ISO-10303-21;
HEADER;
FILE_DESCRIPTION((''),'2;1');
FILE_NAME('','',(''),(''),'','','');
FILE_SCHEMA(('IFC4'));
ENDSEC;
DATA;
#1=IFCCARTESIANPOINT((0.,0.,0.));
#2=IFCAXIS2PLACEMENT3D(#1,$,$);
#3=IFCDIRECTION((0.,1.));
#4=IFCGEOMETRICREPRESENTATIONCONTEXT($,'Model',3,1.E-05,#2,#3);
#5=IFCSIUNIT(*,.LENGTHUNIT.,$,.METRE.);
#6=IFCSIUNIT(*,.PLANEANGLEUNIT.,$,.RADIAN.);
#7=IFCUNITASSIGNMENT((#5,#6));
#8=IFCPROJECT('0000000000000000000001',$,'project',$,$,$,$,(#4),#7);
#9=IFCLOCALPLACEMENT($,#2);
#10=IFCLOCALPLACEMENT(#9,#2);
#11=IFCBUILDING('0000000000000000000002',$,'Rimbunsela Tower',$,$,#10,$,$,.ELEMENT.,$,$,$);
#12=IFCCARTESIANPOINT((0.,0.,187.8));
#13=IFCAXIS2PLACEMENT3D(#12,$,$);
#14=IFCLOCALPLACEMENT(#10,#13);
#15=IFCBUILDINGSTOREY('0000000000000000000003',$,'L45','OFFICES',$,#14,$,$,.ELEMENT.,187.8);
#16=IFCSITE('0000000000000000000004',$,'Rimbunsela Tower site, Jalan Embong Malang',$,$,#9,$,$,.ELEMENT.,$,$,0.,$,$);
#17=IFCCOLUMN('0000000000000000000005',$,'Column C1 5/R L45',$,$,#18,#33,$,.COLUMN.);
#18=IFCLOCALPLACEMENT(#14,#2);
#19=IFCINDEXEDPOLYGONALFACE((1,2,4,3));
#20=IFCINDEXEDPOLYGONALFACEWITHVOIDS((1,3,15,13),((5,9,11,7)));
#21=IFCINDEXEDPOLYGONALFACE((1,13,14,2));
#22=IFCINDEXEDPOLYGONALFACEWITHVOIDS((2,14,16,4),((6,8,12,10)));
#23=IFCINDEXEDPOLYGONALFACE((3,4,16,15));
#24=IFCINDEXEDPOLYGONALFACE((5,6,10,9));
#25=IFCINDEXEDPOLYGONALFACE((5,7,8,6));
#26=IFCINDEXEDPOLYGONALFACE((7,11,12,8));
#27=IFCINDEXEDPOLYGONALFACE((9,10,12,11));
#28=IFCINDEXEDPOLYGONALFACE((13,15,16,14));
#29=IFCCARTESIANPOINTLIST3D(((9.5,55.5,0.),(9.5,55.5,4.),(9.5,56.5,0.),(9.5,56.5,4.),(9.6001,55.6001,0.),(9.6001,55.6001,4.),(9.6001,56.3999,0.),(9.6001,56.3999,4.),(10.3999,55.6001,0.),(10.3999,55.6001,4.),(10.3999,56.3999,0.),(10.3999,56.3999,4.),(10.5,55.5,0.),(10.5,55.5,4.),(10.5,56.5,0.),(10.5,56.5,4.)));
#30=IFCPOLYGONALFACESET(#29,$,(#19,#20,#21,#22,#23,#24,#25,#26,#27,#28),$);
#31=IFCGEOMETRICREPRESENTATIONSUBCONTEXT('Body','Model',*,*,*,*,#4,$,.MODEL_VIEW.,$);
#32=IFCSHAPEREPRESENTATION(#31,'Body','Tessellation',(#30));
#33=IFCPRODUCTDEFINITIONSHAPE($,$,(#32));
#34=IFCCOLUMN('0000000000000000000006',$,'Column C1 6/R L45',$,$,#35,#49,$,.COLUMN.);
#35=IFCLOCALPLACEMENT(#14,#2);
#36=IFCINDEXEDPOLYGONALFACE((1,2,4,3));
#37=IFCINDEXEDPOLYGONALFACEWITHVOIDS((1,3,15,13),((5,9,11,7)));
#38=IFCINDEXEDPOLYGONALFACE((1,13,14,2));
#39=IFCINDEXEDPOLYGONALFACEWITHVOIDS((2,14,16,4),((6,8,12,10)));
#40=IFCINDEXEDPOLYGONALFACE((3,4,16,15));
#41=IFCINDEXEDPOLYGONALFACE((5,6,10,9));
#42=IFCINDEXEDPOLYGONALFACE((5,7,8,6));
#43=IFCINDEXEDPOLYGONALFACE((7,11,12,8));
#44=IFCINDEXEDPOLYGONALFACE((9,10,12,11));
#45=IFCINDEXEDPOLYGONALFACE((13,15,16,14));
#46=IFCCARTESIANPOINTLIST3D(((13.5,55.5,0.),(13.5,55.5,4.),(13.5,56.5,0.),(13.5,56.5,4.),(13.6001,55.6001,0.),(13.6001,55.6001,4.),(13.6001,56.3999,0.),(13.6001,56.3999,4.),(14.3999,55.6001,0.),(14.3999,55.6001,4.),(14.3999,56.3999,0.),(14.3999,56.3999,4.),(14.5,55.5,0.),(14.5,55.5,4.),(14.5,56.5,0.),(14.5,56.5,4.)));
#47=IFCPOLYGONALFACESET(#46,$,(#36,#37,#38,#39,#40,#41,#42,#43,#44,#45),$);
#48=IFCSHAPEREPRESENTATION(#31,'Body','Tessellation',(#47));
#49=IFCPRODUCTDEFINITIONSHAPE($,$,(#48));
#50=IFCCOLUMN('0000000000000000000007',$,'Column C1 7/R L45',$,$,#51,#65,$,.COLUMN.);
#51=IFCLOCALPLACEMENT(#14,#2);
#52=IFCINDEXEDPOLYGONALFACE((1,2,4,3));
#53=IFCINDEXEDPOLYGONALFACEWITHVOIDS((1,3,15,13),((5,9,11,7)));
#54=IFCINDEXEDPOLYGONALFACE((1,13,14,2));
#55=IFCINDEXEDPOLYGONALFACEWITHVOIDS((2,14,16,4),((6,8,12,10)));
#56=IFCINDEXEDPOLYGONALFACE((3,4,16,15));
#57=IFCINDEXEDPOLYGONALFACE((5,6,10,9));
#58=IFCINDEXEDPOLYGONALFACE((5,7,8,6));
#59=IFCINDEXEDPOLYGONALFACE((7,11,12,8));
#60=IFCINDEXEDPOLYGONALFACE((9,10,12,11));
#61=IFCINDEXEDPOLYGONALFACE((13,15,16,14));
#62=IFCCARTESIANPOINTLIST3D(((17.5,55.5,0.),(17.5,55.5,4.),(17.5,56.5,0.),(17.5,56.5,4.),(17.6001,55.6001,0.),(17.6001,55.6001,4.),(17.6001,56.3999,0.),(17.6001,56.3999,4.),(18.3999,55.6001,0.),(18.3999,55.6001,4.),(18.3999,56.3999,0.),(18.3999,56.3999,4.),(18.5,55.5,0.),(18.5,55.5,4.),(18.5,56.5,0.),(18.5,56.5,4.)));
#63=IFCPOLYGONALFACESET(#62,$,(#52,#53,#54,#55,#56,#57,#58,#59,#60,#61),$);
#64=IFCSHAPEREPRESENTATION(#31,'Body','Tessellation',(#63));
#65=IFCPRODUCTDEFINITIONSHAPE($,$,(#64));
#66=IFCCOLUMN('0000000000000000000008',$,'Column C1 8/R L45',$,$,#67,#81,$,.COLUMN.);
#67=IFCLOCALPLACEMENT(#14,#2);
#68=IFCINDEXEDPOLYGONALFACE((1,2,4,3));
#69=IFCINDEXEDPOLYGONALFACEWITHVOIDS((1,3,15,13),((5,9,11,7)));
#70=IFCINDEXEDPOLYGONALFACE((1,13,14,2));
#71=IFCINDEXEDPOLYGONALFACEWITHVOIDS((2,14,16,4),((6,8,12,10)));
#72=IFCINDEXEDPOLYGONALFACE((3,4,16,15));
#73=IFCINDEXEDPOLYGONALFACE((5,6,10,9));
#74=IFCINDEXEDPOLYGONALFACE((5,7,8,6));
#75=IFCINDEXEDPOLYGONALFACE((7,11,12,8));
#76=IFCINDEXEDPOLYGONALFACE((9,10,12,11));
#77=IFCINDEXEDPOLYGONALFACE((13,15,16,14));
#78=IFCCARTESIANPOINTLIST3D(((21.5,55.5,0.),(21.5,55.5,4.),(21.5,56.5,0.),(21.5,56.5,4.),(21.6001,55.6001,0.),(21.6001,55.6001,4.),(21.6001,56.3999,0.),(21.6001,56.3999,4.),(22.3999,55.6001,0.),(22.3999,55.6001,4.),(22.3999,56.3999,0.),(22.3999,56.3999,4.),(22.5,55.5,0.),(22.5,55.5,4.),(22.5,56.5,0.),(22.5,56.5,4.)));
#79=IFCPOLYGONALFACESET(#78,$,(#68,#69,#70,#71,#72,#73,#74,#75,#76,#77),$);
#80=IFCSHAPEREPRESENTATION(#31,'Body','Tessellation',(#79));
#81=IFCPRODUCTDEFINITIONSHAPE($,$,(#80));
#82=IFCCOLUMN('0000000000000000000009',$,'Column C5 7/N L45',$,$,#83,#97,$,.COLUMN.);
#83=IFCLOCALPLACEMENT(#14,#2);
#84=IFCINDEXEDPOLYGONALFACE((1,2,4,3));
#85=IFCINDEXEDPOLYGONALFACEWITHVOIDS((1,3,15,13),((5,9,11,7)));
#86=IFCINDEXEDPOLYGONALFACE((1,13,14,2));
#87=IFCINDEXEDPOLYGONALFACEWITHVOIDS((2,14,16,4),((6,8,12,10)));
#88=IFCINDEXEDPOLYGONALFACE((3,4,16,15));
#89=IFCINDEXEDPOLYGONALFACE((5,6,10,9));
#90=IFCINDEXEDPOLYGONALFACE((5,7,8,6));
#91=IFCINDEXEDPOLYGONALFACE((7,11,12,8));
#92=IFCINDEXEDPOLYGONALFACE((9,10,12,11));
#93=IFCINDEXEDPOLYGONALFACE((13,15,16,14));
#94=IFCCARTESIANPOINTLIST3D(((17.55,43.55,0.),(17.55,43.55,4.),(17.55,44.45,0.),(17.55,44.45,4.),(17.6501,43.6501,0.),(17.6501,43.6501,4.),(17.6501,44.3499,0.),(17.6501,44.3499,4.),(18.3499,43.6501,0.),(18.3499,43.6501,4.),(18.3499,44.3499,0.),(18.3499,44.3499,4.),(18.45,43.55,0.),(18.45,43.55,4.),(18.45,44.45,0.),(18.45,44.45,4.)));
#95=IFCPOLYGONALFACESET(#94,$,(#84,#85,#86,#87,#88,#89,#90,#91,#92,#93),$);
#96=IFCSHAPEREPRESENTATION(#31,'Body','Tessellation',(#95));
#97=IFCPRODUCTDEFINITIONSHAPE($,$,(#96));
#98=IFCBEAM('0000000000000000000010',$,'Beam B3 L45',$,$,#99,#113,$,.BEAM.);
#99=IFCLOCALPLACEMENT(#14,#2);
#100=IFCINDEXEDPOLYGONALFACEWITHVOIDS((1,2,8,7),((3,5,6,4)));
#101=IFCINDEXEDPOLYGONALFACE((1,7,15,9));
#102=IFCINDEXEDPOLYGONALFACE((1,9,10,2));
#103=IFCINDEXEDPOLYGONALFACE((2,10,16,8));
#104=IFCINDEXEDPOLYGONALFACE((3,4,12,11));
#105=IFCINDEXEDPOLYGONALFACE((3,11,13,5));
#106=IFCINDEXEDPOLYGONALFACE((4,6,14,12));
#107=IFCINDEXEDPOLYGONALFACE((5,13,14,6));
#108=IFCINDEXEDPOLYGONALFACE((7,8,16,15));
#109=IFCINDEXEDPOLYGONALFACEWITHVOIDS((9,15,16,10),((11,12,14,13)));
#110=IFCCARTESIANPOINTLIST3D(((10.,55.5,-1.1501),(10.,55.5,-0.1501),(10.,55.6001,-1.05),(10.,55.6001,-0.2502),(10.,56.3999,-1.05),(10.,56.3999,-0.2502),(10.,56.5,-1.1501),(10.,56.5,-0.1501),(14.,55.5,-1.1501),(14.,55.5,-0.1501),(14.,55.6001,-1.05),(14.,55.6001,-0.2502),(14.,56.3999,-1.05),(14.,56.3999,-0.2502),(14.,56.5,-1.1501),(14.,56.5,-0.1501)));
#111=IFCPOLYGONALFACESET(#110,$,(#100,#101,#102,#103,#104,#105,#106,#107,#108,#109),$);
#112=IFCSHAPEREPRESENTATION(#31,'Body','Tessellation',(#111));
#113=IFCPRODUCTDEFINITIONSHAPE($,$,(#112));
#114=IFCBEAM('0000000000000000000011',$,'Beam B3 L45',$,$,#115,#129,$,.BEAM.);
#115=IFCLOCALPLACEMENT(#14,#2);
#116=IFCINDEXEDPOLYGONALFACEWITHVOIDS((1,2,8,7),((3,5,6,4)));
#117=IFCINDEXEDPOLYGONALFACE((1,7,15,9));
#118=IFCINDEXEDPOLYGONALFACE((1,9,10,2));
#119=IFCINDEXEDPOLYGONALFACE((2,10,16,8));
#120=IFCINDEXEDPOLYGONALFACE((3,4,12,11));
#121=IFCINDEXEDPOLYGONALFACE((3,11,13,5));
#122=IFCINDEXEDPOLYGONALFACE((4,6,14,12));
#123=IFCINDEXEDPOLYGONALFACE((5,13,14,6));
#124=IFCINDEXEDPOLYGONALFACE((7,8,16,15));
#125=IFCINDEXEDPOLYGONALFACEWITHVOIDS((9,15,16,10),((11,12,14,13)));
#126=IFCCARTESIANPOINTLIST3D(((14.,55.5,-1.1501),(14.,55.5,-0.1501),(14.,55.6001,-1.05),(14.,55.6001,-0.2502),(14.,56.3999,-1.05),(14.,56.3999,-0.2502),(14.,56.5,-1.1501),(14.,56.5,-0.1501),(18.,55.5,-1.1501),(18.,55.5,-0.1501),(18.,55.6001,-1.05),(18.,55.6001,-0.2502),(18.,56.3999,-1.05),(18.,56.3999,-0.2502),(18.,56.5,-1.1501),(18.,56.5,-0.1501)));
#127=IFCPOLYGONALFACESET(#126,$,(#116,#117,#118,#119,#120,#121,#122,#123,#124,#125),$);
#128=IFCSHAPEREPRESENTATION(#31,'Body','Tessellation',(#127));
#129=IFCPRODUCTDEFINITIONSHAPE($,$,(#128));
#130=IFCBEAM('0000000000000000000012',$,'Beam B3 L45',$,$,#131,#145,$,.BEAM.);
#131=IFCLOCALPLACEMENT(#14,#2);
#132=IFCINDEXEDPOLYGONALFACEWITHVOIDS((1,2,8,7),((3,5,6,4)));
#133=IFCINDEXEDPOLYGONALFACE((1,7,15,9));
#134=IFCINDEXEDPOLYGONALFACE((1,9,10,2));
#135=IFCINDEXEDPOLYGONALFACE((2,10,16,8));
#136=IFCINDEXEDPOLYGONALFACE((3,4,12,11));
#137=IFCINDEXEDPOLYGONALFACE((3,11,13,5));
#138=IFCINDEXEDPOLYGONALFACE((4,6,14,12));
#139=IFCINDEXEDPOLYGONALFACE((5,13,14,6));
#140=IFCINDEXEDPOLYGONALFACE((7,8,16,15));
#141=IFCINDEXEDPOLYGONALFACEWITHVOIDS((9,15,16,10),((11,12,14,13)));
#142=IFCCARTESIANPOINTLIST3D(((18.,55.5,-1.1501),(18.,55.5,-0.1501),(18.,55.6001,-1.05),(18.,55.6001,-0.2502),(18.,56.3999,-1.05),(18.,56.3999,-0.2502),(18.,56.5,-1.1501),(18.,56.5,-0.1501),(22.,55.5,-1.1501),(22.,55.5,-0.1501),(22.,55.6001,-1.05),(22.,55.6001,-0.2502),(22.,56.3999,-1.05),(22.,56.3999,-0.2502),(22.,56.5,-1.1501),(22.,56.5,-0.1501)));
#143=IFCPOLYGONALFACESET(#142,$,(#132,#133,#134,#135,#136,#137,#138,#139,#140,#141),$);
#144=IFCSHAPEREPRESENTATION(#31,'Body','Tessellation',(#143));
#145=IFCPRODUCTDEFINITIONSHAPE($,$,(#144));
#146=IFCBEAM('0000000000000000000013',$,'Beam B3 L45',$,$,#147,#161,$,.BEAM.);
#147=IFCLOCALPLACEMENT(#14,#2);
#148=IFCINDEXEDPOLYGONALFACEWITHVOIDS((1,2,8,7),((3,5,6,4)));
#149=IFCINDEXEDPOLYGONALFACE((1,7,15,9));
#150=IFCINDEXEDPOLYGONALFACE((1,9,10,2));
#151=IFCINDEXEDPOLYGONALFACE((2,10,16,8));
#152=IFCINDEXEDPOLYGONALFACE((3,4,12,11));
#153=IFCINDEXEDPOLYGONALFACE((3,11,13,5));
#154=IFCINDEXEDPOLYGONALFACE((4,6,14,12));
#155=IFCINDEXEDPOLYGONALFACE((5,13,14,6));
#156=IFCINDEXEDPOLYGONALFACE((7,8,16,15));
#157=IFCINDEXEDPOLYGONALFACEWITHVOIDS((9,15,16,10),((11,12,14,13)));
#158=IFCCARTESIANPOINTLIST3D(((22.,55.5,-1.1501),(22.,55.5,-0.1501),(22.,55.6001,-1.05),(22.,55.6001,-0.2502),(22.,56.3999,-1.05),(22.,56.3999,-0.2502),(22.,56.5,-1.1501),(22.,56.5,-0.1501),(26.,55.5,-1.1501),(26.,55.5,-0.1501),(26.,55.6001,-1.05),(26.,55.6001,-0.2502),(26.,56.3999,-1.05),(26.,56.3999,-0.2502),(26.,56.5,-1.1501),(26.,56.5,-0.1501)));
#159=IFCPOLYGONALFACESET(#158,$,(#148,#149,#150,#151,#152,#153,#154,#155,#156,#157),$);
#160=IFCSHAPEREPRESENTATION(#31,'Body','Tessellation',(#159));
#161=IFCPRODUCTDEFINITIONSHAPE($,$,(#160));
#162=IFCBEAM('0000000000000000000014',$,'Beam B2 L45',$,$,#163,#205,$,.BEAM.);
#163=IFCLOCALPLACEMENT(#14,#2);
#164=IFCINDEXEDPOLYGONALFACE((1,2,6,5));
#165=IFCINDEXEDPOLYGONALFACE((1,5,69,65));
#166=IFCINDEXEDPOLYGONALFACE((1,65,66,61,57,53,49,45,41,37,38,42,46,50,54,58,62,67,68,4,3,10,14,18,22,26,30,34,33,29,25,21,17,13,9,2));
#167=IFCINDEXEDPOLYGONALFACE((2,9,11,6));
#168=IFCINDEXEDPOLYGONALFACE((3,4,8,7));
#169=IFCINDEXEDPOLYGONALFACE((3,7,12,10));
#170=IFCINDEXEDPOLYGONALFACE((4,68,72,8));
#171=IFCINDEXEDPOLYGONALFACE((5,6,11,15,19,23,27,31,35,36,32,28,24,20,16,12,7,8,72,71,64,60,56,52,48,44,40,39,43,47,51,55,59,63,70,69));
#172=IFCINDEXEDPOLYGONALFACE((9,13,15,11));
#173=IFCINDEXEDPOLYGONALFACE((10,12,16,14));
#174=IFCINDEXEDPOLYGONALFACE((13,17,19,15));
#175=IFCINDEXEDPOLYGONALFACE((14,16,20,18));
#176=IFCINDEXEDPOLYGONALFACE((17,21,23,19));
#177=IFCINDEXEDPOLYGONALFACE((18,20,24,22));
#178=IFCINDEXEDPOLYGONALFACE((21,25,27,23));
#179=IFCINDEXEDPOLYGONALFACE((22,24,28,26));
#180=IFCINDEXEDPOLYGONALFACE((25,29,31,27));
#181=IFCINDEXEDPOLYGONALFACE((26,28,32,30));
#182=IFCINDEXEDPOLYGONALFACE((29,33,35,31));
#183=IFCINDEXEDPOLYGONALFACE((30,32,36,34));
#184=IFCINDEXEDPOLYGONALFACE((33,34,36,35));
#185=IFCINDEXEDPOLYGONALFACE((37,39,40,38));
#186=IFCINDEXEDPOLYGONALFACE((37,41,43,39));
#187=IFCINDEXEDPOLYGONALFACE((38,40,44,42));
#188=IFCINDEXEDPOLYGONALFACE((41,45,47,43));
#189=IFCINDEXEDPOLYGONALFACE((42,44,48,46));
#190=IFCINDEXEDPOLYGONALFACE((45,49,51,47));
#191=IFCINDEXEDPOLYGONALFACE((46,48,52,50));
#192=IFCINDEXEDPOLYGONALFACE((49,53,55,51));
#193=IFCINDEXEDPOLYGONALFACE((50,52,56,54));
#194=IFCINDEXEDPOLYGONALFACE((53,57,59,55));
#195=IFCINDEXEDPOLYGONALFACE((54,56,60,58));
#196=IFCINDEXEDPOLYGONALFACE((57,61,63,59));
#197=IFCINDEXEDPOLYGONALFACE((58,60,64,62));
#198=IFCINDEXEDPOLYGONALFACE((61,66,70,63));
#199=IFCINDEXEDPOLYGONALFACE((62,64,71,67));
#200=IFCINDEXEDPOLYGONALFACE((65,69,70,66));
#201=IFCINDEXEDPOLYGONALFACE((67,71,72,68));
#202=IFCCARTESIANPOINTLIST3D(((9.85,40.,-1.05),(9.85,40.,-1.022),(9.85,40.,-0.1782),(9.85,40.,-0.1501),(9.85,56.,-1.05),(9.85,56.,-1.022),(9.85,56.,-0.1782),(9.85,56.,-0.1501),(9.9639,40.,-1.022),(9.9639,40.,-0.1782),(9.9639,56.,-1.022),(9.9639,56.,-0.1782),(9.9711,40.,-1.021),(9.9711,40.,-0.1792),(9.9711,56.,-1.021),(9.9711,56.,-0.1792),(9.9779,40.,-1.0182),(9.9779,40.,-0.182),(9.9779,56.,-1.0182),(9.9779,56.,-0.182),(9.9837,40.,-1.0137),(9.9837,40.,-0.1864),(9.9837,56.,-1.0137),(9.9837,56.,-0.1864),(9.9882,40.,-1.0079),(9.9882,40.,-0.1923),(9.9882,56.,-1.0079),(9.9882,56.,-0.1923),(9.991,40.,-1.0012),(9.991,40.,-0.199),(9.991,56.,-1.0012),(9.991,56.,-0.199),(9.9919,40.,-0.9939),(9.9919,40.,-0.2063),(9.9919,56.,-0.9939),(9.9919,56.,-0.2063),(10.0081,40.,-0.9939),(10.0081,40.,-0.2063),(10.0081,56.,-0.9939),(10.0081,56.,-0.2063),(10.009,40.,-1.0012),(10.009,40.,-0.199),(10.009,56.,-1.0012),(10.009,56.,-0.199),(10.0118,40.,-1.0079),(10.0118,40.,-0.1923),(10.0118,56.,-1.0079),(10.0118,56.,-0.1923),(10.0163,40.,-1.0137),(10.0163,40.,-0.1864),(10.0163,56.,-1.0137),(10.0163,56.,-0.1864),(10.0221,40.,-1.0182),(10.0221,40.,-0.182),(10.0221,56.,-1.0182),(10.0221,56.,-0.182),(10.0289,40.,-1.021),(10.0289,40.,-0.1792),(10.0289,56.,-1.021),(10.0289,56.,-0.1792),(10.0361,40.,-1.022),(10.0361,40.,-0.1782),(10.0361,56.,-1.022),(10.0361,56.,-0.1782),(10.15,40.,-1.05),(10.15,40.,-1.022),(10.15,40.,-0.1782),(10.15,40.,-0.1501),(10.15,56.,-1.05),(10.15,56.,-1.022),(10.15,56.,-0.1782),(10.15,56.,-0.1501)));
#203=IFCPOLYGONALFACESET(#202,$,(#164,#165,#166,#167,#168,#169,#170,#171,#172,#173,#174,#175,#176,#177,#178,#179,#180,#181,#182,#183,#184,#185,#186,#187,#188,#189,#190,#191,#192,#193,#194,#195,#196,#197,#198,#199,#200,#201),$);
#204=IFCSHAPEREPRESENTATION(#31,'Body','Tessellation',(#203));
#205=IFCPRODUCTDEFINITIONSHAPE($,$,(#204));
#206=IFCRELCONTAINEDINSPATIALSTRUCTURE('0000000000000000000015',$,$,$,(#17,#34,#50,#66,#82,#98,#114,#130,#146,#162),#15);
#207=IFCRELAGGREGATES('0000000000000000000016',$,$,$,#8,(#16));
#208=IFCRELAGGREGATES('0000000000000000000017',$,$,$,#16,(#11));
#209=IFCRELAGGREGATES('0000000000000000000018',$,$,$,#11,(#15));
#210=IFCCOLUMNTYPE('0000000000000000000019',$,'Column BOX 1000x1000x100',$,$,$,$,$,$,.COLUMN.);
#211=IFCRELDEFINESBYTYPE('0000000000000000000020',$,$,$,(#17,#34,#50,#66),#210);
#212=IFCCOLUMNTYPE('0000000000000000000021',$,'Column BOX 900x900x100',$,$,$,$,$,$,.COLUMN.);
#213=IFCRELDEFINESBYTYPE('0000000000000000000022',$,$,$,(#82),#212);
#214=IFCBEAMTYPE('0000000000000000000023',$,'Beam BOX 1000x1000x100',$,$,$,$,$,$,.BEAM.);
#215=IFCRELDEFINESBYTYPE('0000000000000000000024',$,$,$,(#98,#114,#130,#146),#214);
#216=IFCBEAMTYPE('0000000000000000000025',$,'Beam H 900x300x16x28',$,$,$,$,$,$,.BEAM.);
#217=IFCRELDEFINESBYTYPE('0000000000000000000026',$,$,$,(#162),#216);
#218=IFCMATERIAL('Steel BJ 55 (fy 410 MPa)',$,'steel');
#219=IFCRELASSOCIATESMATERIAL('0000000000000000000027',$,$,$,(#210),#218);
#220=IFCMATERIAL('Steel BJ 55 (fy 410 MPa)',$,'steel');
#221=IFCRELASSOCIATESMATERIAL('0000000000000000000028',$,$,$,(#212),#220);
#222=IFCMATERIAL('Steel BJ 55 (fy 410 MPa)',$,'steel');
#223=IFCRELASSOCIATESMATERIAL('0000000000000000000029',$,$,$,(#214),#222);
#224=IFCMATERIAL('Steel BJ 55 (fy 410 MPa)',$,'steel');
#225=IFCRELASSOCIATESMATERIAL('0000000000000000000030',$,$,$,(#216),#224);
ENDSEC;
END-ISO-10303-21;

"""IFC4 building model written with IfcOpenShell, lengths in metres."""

from ifc_helpers import new_model, si_unit, direction, frame, origin, origin_2d, place, context, subcontext, project, spatial, hollow_rectangle, i_section, extrude, material, material_profile, profile_set, type_object, element, save


model = new_model("IFC4")

# Units and contexts
model_context = context("Model", 3, precision=1e-05, world=origin(), true_north=direction((0.0, 1.0)))
body_context = subcontext(model_context, "Body", "Model", "MODEL_VIEW")
ifc_project = project(units=[si_unit("LENGTHUNIT", "METRE"), si_unit("PLANEANGLEUNIT", "RADIAN")], contexts=[model_context])

# Site, building, storey
site_placement = place(None, origin())
site = spatial("IfcSite", under=ifc_project, at=site_placement, Name="Rimbunsela Tower site, Jalan Embong Malang", CompositionType="ELEMENT", RefElevation=0.0)
building_placement = place(site_placement, origin())
building = spatial("IfcBuilding", under=site, at=building_placement, Name="Rimbunsela Tower", CompositionType="ELEMENT")
storey_placement = place(building_placement, frame((0.0, 0.0, 187.8)))
storey = spatial("IfcBuildingStorey", under=building, at=storey_placement, Name="L45", Description="OFFICES", CompositionType="ELEMENT", Elevation=187.8)

# Columns
ifc_material_1 = material(Name="Steel BJ 55 (fy 410 MPa)", Category="steel")
ifc_material_profile_1 = material_profile(ifc_material_1, hollow_rectangle(XDim=1.0, YDim=1.0, WallThickness=0.1001, at=origin_2d()), Name="BOX 1000x1000x100")
ifc_profile_set_1 = profile_set([ifc_material_profile_1], Name="Steel BJ 55 (fy 410 MPa)")
column_type_1 = type_object("IfcColumnType", Name="Column BOX 1000x1000x100", PredefinedType="COLUMN", material=ifc_profile_set_1)
for number, where, z_axis, x_axis, name in (
    (1, (10.0, 56.0, 0.0), (0.0, 0.0, 1.0), (1.0, 0.0, 0.0), "Column C1 5/R L45"),
    (2, (14.0, 56.0, 0.0), (0.0, 0.0, 1.0), (1.0, 0.0, 0.0), "Column C1 6/R L45"),
    (3, (18.0, 56.0, 0.0), (0.0, 0.0, 1.0), (1.0, 0.0, 0.0), "Column C1 7/R L45"),
    (4, (22.0, 56.0, 0.0), (0.0, 0.0, 1.0), (1.0, 0.0, 0.0), "Column C1 8/R L45"),
):
    element("IfcColumn", number, at=place(storey_placement, frame(where, z_axis=z_axis, x_axis=x_axis)), inside=storey, type_object=column_type_1, Name=name, PredefinedType="COLUMN", context=body_context, shape_type="SweptSolid", body=[
        extrude(hollow_rectangle(XDim=1.0, YDim=1.0, WallThickness=0.1001, at=origin_2d()), origin(), (0.0, 0.0, 1.0), 4.0),
    ])
ifc_material_2 = material(Name="Steel BJ 55 (fy 410 MPa)", Category="steel")
ifc_material_profile_2 = material_profile(ifc_material_2, hollow_rectangle(XDim=0.8999, YDim=0.8999, WallThickness=0.1001, at=origin_2d()), Name="BOX 900x900x100")
ifc_profile_set_2 = profile_set([ifc_material_profile_2], Name="Steel BJ 55 (fy 410 MPa)")
column_type_2 = type_object("IfcColumnType", Name="Column BOX 900x900x100", PredefinedType="COLUMN", material=ifc_profile_set_2)
column_placement = place(storey_placement, frame((18.0, 44.0, 0.0), z_axis=(0.0, 0.0, 1.0), x_axis=(1.0, 0.0, 0.0)))
element("IfcColumn", 5, at=column_placement, inside=storey, type_object=column_type_2, Name="Column C5 7/N L45", PredefinedType="COLUMN", context=body_context, shape_type="SweptSolid", body=[
    extrude(hollow_rectangle(XDim=0.8999, YDim=0.8999, WallThickness=0.1001, at=origin_2d()), origin(), (0.0, 0.0, 1.0), 4.0),
])

# Beams
ifc_material_3 = material(Name="Steel BJ 55 (fy 410 MPa)", Category="steel")
ifc_material_profile_3 = material_profile(ifc_material_3, hollow_rectangle(XDim=1.0, YDim=1.0, WallThickness=0.1001, at=origin_2d()), Name="BOX 1000x1000x100")
ifc_profile_set_3 = profile_set([ifc_material_profile_3], Name="Steel BJ 55 (fy 410 MPa)")
beam_type_1 = type_object("IfcBeamType", Name="Beam BOX 1000x1000x100", PredefinedType="BEAM", material=ifc_profile_set_3)
for number, where, z_axis, x_axis, name in (
    (6, (10.0, 56.0, -0.6501), (1.0, 0.0, 0.0), (0.0, 1.0, 0.0), "Beam B3 L45"),
    (7, (14.0, 56.0, -0.6501), (1.0, 0.0, 0.0), (0.0, 1.0, 0.0), "Beam B3 L45"),
    (8, (18.0, 56.0, -0.6501), (1.0, 0.0, 0.0), (0.0, 1.0, 0.0), "Beam B3 L45"),
    (9, (22.0, 56.0, -0.6501), (1.0, 0.0, 0.0), (0.0, 1.0, 0.0), "Beam B3 L45"),
):
    element("IfcBeam", number, at=place(storey_placement, frame(where, z_axis=z_axis, x_axis=x_axis)), inside=storey, type_object=beam_type_1, Name=name, PredefinedType="BEAM", context=body_context, shape_type="SweptSolid", body=[
        extrude(hollow_rectangle(XDim=1.0, YDim=1.0, WallThickness=0.1001, at=origin_2d()), origin(), (0.0, 0.0, 1.0), 4.0),
    ])
ifc_material_4 = material(Name="Steel BJ 55 (fy 410 MPa)", Category="steel")
ifc_material_profile_4 = material_profile(ifc_material_4, i_section(OverallWidth=0.3, OverallDepth=0.8999, WebThickness=0.0161, FlangeThickness=0.0281, FilletRadius=0.0281, at=origin_2d()), Name="H 900x300x16x28")
ifc_profile_set_4 = profile_set([ifc_material_profile_4], Name="Steel BJ 55 (fy 410 MPa)")
beam_type_2 = type_object("IfcBeamType", Name="Beam H 900x300x16x28", PredefinedType="BEAM", material=ifc_profile_set_4)
beam_1_placement = place(storey_placement, frame((10.0, 40.0, -0.6001), z_axis=(0.0, 1.0, 0.0), x_axis=(-1.0, 0.0, 0.0)))
element("IfcBeam", 10, at=beam_1_placement, inside=storey, type_object=beam_type_2, Name="Beam B2 L45", PredefinedType="BEAM", context=body_context, shape_type="SweptSolid", body=[
    extrude(i_section(OverallWidth=0.3, OverallDepth=0.8999, WebThickness=0.0161, FlangeThickness=0.0281, FilletRadius=0.0281, at=origin_2d()), origin(), (0.0, 0.0, 1.0), 16.0),
])

save(model, "model.ifc")
